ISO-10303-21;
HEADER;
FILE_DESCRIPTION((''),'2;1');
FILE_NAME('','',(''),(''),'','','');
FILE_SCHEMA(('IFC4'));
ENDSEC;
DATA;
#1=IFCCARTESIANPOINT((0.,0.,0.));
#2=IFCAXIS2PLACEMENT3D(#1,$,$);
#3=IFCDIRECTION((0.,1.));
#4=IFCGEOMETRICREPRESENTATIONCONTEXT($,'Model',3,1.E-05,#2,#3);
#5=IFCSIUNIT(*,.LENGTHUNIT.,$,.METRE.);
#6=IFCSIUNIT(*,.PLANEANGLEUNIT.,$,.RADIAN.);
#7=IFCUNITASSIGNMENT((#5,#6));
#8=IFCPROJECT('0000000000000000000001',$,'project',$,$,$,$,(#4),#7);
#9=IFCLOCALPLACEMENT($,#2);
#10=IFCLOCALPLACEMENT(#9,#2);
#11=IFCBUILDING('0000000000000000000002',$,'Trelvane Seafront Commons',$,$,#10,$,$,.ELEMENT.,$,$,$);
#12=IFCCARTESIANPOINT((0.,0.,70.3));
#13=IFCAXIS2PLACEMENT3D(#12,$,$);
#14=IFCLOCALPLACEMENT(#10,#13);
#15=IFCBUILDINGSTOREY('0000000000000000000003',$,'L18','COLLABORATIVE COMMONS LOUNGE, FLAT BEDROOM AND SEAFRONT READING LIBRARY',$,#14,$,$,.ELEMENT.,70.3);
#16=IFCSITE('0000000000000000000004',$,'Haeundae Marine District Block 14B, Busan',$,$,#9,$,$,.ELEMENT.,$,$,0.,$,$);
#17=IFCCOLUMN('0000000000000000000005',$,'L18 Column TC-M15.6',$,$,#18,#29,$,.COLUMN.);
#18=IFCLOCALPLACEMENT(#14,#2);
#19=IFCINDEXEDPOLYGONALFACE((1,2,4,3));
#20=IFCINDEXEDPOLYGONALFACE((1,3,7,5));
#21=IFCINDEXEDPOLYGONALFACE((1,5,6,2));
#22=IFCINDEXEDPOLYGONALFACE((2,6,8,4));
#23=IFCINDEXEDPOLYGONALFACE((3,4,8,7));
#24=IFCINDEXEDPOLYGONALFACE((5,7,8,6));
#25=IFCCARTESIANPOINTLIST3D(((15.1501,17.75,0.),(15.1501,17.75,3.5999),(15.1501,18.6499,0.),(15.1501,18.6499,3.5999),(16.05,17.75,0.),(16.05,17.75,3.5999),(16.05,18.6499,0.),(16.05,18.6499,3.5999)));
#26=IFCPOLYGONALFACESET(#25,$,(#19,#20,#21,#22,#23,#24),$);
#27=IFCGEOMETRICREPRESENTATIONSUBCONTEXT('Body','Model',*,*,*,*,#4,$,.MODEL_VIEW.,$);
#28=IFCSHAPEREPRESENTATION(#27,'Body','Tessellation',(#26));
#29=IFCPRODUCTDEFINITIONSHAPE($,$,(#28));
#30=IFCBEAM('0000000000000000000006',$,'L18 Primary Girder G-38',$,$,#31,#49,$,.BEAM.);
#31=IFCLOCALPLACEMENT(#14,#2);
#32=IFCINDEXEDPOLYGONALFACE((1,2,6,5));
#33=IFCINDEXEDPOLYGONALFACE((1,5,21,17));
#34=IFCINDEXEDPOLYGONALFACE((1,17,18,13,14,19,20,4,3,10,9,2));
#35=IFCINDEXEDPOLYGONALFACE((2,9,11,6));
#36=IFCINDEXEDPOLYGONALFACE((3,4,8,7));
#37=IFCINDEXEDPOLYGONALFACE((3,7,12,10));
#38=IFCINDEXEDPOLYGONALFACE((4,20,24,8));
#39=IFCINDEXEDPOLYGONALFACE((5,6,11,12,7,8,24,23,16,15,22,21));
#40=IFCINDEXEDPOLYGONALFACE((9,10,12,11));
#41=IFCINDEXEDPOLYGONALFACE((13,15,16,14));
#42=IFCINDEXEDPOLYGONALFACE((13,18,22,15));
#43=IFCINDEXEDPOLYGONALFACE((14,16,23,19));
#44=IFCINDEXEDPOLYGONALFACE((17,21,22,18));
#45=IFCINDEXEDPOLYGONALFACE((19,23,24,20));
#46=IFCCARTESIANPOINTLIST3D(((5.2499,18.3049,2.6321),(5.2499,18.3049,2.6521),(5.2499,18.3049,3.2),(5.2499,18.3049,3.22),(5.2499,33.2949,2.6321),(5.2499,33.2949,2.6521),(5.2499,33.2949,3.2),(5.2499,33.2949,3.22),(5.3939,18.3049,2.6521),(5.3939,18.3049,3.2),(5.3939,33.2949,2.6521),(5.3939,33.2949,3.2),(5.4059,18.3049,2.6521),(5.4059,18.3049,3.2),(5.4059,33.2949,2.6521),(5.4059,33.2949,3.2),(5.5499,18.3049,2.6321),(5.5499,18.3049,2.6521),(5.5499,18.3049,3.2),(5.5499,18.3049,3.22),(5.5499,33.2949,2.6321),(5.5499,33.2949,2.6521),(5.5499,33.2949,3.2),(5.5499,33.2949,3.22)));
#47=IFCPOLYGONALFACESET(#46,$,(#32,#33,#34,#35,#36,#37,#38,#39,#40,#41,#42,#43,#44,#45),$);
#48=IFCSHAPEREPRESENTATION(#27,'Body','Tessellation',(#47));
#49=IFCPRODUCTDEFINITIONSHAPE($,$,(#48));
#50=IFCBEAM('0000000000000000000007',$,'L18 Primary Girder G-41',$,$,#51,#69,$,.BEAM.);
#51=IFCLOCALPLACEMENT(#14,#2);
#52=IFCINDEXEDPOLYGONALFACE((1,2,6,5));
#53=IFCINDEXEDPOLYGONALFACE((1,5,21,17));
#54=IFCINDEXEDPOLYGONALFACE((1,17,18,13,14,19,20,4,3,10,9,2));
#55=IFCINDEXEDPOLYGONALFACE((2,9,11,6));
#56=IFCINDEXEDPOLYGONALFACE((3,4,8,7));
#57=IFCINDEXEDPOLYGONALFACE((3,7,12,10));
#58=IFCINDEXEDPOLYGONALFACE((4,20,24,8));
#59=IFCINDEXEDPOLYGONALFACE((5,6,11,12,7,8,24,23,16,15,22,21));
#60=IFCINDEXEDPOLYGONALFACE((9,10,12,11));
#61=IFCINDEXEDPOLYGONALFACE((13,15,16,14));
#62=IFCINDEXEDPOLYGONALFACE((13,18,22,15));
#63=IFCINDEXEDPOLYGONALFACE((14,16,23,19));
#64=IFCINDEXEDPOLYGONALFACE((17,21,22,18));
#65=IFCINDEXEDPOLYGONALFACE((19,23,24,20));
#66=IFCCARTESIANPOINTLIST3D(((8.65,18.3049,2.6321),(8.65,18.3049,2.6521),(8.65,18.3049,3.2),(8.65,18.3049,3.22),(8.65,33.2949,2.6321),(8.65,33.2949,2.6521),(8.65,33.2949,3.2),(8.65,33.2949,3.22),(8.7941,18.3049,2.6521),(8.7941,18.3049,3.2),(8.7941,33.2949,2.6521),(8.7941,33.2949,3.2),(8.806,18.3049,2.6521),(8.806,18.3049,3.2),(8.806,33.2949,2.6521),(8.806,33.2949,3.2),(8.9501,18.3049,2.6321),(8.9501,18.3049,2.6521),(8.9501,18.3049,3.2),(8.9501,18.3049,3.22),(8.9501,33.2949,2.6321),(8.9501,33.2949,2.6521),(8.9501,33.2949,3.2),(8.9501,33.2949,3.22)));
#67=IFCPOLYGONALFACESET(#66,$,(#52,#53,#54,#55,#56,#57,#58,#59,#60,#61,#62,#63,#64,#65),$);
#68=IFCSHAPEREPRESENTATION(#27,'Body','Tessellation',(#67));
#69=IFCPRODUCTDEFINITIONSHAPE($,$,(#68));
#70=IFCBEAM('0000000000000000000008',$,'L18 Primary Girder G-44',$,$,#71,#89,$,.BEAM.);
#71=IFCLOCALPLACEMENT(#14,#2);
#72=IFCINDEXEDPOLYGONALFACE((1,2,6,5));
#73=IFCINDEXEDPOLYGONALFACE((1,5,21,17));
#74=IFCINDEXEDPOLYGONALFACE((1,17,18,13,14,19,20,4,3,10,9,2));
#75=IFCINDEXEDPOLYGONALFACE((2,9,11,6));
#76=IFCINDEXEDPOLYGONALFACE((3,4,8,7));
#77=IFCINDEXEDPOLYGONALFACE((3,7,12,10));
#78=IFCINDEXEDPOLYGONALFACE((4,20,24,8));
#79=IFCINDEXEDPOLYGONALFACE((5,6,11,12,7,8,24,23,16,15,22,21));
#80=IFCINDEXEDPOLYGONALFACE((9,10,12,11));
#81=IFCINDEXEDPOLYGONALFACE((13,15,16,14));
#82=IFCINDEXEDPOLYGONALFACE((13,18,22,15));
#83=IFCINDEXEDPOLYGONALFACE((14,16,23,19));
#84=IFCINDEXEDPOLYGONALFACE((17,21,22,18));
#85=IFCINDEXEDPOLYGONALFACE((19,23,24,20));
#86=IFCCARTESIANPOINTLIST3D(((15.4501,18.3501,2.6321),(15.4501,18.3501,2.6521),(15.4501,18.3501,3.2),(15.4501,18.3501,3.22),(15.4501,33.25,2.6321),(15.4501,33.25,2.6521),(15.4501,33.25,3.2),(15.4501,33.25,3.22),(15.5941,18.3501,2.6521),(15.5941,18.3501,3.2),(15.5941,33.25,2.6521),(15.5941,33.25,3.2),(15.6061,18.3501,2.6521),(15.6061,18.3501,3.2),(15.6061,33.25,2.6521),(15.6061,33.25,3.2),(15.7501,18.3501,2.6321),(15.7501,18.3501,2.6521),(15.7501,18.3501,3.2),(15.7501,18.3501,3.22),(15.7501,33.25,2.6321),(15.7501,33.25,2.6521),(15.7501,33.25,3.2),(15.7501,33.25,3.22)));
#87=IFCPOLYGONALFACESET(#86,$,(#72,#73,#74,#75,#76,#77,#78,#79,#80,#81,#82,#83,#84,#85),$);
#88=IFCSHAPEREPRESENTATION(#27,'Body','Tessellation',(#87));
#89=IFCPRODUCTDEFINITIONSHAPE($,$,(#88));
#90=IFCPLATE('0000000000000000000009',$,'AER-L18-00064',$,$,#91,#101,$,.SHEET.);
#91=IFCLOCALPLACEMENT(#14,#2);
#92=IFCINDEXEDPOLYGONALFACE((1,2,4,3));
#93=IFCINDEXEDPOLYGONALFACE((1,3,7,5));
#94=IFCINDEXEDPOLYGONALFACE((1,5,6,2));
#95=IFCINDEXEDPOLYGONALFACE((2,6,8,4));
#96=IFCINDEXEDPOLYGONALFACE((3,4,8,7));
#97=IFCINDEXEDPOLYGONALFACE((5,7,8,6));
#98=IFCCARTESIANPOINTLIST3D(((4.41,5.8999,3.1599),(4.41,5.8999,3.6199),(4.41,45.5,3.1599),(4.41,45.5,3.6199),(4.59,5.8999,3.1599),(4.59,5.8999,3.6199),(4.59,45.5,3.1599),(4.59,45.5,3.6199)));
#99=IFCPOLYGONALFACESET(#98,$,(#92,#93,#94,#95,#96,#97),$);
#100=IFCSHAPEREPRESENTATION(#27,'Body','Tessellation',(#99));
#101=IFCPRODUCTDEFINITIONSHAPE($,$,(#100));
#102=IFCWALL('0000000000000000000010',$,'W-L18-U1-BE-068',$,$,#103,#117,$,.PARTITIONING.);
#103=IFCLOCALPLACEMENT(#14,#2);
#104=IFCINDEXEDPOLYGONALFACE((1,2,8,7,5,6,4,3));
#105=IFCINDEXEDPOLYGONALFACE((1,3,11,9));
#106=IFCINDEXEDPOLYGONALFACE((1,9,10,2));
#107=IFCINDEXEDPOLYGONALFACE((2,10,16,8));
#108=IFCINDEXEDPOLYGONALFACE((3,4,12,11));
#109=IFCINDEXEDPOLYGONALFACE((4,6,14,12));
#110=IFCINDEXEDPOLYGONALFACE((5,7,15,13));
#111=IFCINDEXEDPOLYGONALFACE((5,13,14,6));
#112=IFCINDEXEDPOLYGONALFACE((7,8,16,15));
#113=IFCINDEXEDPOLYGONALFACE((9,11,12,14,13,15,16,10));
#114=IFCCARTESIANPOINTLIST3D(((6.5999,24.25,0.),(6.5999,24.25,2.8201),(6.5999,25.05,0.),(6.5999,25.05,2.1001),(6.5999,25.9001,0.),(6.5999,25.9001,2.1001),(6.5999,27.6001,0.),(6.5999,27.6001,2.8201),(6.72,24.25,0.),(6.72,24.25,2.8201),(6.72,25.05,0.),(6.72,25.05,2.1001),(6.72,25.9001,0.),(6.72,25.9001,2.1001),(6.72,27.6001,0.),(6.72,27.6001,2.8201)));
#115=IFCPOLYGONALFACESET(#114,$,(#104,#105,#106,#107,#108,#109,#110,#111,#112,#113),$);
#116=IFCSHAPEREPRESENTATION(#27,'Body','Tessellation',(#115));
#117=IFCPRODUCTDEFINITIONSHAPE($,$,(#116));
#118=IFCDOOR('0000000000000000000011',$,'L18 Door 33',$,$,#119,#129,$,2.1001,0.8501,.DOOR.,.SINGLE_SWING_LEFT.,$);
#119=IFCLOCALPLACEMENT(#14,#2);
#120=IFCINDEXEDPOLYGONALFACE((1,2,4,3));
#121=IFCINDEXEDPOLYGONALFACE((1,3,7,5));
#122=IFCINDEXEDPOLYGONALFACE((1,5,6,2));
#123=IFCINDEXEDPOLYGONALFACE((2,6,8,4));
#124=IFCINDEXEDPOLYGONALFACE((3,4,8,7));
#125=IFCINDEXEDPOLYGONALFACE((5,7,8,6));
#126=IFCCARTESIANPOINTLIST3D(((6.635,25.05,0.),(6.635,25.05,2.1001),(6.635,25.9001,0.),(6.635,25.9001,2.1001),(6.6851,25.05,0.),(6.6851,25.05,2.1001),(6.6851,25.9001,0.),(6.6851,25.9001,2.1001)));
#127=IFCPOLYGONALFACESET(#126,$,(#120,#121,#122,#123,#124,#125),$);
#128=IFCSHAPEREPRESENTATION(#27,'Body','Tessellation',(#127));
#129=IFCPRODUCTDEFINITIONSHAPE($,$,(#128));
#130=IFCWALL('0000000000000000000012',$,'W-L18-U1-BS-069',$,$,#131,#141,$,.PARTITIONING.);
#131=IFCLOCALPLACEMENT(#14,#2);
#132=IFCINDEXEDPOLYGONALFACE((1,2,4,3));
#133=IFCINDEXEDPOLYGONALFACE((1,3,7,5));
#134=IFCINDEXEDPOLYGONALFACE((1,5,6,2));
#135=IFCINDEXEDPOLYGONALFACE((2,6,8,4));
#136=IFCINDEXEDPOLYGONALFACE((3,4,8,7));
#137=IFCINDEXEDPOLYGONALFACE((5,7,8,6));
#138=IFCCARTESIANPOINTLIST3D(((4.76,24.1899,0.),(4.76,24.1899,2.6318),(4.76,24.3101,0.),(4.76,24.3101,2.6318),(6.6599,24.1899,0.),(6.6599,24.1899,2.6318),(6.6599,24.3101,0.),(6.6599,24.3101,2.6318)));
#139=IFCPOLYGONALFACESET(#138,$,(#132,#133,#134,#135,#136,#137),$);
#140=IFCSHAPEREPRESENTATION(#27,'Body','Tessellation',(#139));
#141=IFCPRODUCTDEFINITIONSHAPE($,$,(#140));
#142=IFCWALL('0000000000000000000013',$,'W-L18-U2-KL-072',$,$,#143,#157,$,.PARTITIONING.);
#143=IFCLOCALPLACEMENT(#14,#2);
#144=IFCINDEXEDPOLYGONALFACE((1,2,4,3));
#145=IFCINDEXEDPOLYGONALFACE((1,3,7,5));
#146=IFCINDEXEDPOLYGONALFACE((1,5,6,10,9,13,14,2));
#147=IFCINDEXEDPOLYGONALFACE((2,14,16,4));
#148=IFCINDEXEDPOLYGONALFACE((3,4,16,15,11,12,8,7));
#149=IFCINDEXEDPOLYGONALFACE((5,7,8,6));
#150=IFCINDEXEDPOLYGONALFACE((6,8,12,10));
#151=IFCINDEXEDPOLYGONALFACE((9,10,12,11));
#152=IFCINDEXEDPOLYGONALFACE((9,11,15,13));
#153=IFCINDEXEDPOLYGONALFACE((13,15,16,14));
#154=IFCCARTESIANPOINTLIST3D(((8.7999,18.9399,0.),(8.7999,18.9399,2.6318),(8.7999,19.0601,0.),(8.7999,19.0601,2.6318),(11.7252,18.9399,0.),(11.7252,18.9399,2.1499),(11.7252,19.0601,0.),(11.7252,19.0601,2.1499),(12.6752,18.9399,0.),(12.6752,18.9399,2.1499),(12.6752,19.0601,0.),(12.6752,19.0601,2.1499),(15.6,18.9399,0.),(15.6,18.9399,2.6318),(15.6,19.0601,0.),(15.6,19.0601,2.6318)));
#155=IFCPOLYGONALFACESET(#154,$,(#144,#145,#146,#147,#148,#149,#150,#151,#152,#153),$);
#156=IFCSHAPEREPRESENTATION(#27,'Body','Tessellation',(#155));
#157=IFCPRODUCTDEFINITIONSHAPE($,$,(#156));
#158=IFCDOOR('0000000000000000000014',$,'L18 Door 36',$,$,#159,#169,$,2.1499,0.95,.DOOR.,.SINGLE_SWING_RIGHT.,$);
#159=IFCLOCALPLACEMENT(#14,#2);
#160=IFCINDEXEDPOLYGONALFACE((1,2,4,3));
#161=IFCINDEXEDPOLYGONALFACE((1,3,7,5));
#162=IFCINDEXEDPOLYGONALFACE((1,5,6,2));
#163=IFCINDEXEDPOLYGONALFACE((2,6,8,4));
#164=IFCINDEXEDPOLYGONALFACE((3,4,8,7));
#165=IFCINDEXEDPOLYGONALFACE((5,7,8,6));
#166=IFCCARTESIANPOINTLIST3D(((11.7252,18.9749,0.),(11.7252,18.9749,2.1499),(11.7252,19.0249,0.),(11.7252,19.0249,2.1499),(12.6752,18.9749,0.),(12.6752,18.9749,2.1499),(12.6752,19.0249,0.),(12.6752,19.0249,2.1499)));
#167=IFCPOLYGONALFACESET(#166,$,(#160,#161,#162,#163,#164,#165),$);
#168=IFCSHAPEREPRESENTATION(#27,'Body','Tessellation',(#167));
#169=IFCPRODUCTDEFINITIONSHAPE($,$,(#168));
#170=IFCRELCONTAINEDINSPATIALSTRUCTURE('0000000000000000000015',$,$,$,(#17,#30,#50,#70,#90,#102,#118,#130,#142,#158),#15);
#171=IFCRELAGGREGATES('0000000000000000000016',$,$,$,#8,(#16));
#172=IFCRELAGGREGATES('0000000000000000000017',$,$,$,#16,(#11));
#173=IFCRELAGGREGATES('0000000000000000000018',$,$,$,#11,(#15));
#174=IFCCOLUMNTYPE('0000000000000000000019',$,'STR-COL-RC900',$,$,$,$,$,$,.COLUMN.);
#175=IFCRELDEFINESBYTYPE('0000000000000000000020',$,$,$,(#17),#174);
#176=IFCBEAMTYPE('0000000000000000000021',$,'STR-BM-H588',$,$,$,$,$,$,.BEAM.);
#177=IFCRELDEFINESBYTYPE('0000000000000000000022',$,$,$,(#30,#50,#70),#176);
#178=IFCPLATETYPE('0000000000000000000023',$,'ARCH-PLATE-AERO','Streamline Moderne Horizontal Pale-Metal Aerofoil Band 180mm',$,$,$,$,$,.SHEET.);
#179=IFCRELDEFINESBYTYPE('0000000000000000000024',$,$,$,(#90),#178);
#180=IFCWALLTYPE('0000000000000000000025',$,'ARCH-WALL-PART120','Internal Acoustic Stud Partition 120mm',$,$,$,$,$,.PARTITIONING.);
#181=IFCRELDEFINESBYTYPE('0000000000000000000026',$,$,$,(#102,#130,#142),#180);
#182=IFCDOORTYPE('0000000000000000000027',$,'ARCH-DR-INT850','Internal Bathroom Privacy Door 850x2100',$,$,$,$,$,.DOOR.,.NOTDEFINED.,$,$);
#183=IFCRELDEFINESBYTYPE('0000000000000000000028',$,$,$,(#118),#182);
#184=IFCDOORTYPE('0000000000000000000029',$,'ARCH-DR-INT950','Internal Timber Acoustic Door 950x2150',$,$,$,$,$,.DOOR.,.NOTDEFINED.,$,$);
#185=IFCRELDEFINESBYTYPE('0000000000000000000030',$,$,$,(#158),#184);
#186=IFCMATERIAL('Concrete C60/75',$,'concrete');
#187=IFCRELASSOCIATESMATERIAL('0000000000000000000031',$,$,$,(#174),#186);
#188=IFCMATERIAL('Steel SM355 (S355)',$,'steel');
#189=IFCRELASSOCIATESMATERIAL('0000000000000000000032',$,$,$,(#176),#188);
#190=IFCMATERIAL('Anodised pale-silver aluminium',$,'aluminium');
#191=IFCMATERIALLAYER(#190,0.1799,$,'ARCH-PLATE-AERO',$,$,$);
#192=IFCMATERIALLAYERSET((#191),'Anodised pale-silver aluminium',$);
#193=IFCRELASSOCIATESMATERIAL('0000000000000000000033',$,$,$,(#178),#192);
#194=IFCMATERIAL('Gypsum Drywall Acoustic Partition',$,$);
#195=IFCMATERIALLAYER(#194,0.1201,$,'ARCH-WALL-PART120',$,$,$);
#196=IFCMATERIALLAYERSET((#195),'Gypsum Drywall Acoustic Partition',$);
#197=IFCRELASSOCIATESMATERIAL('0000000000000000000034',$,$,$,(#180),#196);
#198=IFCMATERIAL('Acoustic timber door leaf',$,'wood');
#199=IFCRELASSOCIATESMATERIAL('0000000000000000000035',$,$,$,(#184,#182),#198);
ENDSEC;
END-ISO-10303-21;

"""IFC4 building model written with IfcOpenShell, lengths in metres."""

from ifc_helpers import new_model, si_unit, direction, frame, frame_2d, origin, origin_2d, place, context, subcontext, project, spatial, rectangle, i_section, extrude, source, transform, mapped, material, layer, layer_set, material_profile, profile_set, type_object, element, fill, save


model = new_model("IFC4")

# Units and contexts
model_context = context("Model", 3, precision=1e-05, world=origin(), true_north=direction((0.0, 1.0)))
body_context = subcontext(model_context, "Body", "Model", "MODEL_VIEW")
ifc_project = project(units=[si_unit("LENGTHUNIT", "METRE"), si_unit("PLANEANGLEUNIT", "RADIAN")], contexts=[model_context])

# Site, building, storey
site_placement = place(None, origin())
site = spatial("IfcSite", under=ifc_project, at=site_placement, Name="Haeundae Marine District Block 14B, Busan", CompositionType="ELEMENT", RefElevation=0.0)
building_placement = place(site_placement, origin())
building = spatial("IfcBuilding", under=site, at=building_placement, Name="Trelvane Seafront Commons", CompositionType="ELEMENT")
storey_placement = place(building_placement, frame((0.0, 0.0, 70.3)))
storey = spatial("IfcBuildingStorey", under=building, at=storey_placement, Name="L18", Description="COLLABORATIVE COMMONS LOUNGE, FLAT BEDROOM AND SEAFRONT READING LIBRARY", CompositionType="ELEMENT", Elevation=70.3)

# Column
ifc_material_1 = material(Name="Concrete C60/75", Category="concrete")
ifc_material_profile_1 = material_profile(ifc_material_1, rectangle(XDim=0.8999, YDim=0.8999, at=origin_2d()), Name="RC-900x900")
ifc_profile_set_1 = profile_set([ifc_material_profile_1], Name="Concrete C60/75")
column_type = type_object("IfcColumnType", Name="STR-COL-RC900", PredefinedType="COLUMN", material=ifc_profile_set_1)
shared_shape_1 = source(origin(), body_context, "Body", "SweptSolid", [
    extrude(rectangle(XDim=0.8999, YDim=0.8999, at=origin_2d()), origin(), (0.0, 0.0, 1.0), 3.5999),
])
column_placement = place(storey_placement, frame((15.6001, 18.2, 0.0), z_axis=(0.0, 0.0, 1.0), x_axis=(1.0, 0.0, 0.0)))
element("IfcColumn", 1, at=column_placement, inside=storey, type_object=column_type, Name="L18 Column TC-M15.6", PredefinedType="COLUMN", context=body_context, shape_type="MappedRepresentation", body=[
    mapped(shared_shape_1, transform((0.0, 0.0, 0.0), x_axis=(1.0, 0.0, 0.0), y_axis=(0.0, 1.0, 0.0), z_axis=(0.0, 0.0, 1.0), scale=1.0)),
])

# Beams
ifc_material_2 = material(Name="Steel SM355 (S355)", Category="steel")
ifc_material_profile_2 = material_profile(ifc_material_2, i_section(OverallWidth=0.3, OverallDepth=0.5879, WebThickness=0.012, FlangeThickness=0.02, at=origin_2d()), Name="H-588x300x12x20")
ifc_profile_set_2 = profile_set([ifc_material_profile_2], Name="Steel SM355 (S355)")
beam_type = type_object("IfcBeamType", Name="STR-BM-H588", PredefinedType="BEAM", material=ifc_profile_set_2)
shared_shape_2 = source(origin(), body_context, "Body", "SweptSolid", [
    extrude(i_section(OverallWidth=0.3, OverallDepth=0.5879, WebThickness=0.012, FlangeThickness=0.02, at=origin_2d()), origin(), (0.0, 0.0, 1.0), 14.99),
])
for number, where, z_axis, x_axis, name in (
    (2, (5.3999, 18.3049, 2.926), (0.0, 1.0, 0.0), (-1.0, 0.0, 0.0), "L18 Primary Girder G-38"),
    (3, (8.8, 18.3049, 2.926), (0.0, 1.0, 0.0), (-1.0, 0.0, 0.0), "L18 Primary Girder G-41"),
):
    element("IfcBeam", number, at=place(storey_placement, frame(where, z_axis=z_axis, x_axis=x_axis)), inside=storey, type_object=beam_type, Name=name, PredefinedType="BEAM", context=body_context, shape_type="MappedRepresentation", body=[
        mapped(shared_shape_2, transform((0.0, 0.0, 0.0), x_axis=(1.0, 0.0, 0.0), y_axis=(0.0, 1.0, 0.0), z_axis=(0.0, 0.0, 1.0), scale=1.0)),
    ])
shared_shape_3 = source(origin(), body_context, "Body", "SweptSolid", [
    extrude(i_section(OverallWidth=0.3, OverallDepth=0.5879, WebThickness=0.012, FlangeThickness=0.02, at=origin_2d()), origin(), (0.0, 0.0, 1.0), 14.8999),
])
beam_placement = place(storey_placement, frame((15.6001, 18.3501, 2.926), z_axis=(0.0, 1.0, 0.0), x_axis=(-1.0, 0.0, 0.0)))
element("IfcBeam", 4, at=beam_placement, inside=storey, type_object=beam_type, Name="L18 Primary Girder G-44", PredefinedType="BEAM", context=body_context, shape_type="MappedRepresentation", body=[
    mapped(shared_shape_3, transform((0.0, 0.0, 0.0), x_axis=(1.0, 0.0, 0.0), y_axis=(0.0, 1.0, 0.0), z_axis=(0.0, 0.0, 1.0), scale=1.0)),
])

# Plate
ifc_material_3 = material(Name="Anodised pale-silver aluminium", Category="aluminium")
ifc_layer_1 = layer(ifc_material_3, 0.1799, Name="ARCH-PLATE-AERO")
ifc_layer_set_1 = layer_set([ifc_layer_1], Name="Anodised pale-silver aluminium")
plate_type = type_object("IfcPlateType", Name="ARCH-PLATE-AERO", Description="Streamline Moderne Horizontal Pale-Metal Aerofoil Band 180mm", PredefinedType="SHEET", material=ifc_layer_set_1)
shared_shape_4 = source(origin(), body_context, "Body", "SweptSolid", [
    extrude(rectangle(XDim=39.6001, YDim=0.1799, at=origin_2d()), origin(), (0.0, 0.0, 1.0), 0.46),
])
plate_placement = place(storey_placement, frame((4.5, 25.7, 3.1599), z_axis=(0.0, 0.0, 1.0), x_axis=(0.0, 1.0, 0.0)))
element("IfcPlate", 5, at=plate_placement, inside=storey, type_object=plate_type, Name="AER-L18-00064", PredefinedType="SHEET", context=body_context, shape_type="MappedRepresentation", body=[
    mapped(shared_shape_4, transform((0.0, 0.0, 0.0), x_axis=(1.0, 0.0, 0.0), y_axis=(0.0, 1.0, 0.0), z_axis=(0.0, 0.0, 1.0), scale=1.0)),
])

# Wall, opening, door
ifc_material_4 = material(Name="Gypsum Drywall Acoustic Partition")
ifc_layer_2 = layer(ifc_material_4, 0.1201, Name="ARCH-WALL-PART120")
ifc_layer_set_2 = layer_set([ifc_layer_2], Name="Gypsum Drywall Acoustic Partition")
wall_type = type_object("IfcWallType", Name="ARCH-WALL-PART120", Description="Internal Acoustic Stud Partition 120mm", PredefinedType="PARTITIONING", material=ifc_layer_set_2)
ifc_material_5 = material(Name="Acoustic timber door leaf", Category="wood")
door_type_1 = type_object("IfcDoorType", Name="ARCH-DR-INT950", Description="Internal Timber Acoustic Door 950x2150", OperationType="NOTDEFINED", PredefinedType="DOOR", material=ifc_material_5)
shared_shape_5 = source(origin(), body_context, "Body", "SweptSolid", [
    extrude(rectangle(XDim=0.95, YDim=2.1499, at=frame_2d((0.4751, 1.075))), frame((0.0, 0.0249, 0.0), z_axis=(0.0, -1.0, 0.0), x_axis=(1.0, 0.0, 0.0)), (0.0, 0.0, 1.0), 0.05),
])
wall_1_placement = place(storey_placement, frame((6.6599, 24.25, 0.0), z_axis=(0.0, 0.0, 1.0), x_axis=(0.0, 1.0, 0.0)))
wall_1 = element("IfcWall", 6, at=wall_1_placement, inside=storey, type_object=wall_type, Name="W-L18-U1-BE-068", PredefinedType="PARTITIONING", context=body_context, shape_type="SweptSolid", body=[
    extrude(rectangle(XDim=3.3501, YDim=0.1201, at=frame_2d((1.675, 0.0))), origin(), (0.0, 0.0, 1.0), 2.8201),
])
opening_1_placement = place(wall_1_placement, frame((0.8, 0.0, 0.0)))
opening_1 = element("IfcOpeningElement", 7, at=opening_1_placement, cuts=wall_1, PredefinedType="OPENING", context=body_context, shape_type="SweptSolid", body=[
    extrude(rectangle(XDim=0.8501, YDim=2.1001, at=frame_2d((0.425, 1.05))), frame((0.0, 0.0701, 0.0), z_axis=(0.0, -1.0, 0.0), x_axis=(1.0, 0.0, 0.0)), (0.0, 0.0, 1.0), 0.1401),
])
door_type_2 = type_object("IfcDoorType", Name="ARCH-DR-INT850", Description="Internal Bathroom Privacy Door 850x2100", OperationType="NOTDEFINED", PredefinedType="DOOR", material=ifc_material_5)
shared_shape_6 = source(origin(), body_context, "Body", "SweptSolid", [
    extrude(rectangle(XDim=0.8501, YDim=2.1001, at=frame_2d((0.425, 1.05))), frame((0.0, 0.0249, 0.0), z_axis=(0.0, -1.0, 0.0), x_axis=(1.0, 0.0, 0.0)), (0.0, 0.0, 1.0), 0.05),
])
door_1_placement = place(opening_1_placement, origin())
door_1 = element("IfcDoor", 8, at=door_1_placement, inside=storey, type_object=door_type_2, Name="L18 Door 33", OperationType="SINGLE_SWING_LEFT", OverallHeight=2.1001, OverallWidth=0.8501, PredefinedType="DOOR", context=body_context, shape_type="MappedRepresentation", body=[
    mapped(shared_shape_6, transform((0.0, 0.0, 0.0), x_axis=(1.0, 0.0, 0.0), y_axis=(0.0, 1.0, 0.0), z_axis=(0.0, 0.0, 1.0), scale=1.0)),
])
fill(opening_1, door_1)

# Wall
wall_2_placement = place(storey_placement, frame((4.76, 24.25, 0.0), z_axis=(0.0, 0.0, 1.0), x_axis=(1.0, 0.0, 0.0)))
element("IfcWall", 9, at=wall_2_placement, inside=storey, type_object=wall_type, Name="W-L18-U1-BS-069", PredefinedType="PARTITIONING", context=body_context, shape_type="SweptSolid", body=[
    extrude(rectangle(XDim=1.8999, YDim=0.1201, at=frame_2d((0.95, 0.0))), origin(), (0.0, 0.0, 1.0), 2.6318),
])

# Wall, opening, door
wall_3_placement = place(storey_placement, frame((8.8, 19.0, 0.0), z_axis=(0.0, 0.0, 1.0), x_axis=(1.0, 0.0, 0.0)))
wall_3 = element("IfcWall", 10, at=wall_3_placement, inside=storey, type_object=wall_type, Name="W-L18-U2-KL-072", PredefinedType="PARTITIONING", context=body_context, shape_type="SweptSolid", body=[
    extrude(rectangle(XDim=6.8, YDim=0.1201, at=frame_2d((3.3999, 0.0))), origin(), (0.0, 0.0, 1.0), 2.6318),
])
opening_2_placement = place(wall_3_placement, frame((2.925, 0.0, 0.0)))
opening_2 = element("IfcOpeningElement", 11, at=opening_2_placement, cuts=wall_3, PredefinedType="OPENING", context=body_context, shape_type="SweptSolid", body=[
    extrude(rectangle(XDim=0.95, YDim=2.1499, at=frame_2d((0.4751, 1.075))), frame((0.0, 0.0701, 0.0), z_axis=(0.0, -1.0, 0.0), x_axis=(1.0, 0.0, 0.0)), (0.0, 0.0, 1.0), 0.1401),
])
door_2_placement = place(opening_2_placement, origin())
door_2 = element("IfcDoor", 12, at=door_2_placement, inside=storey, type_object=door_type_1, Name="L18 Door 36", OperationType="SINGLE_SWING_RIGHT", OverallHeight=2.1499, OverallWidth=0.95, PredefinedType="DOOR", context=body_context, shape_type="MappedRepresentation", body=[
    mapped(shared_shape_5, transform((0.0, 0.0, 0.0), x_axis=(1.0, 0.0, 0.0), y_axis=(0.0, 1.0, 0.0), z_axis=(0.0, 0.0, 1.0), scale=1.0)),
])
fill(opening_2, door_2)

save(model, "model.ifc")
